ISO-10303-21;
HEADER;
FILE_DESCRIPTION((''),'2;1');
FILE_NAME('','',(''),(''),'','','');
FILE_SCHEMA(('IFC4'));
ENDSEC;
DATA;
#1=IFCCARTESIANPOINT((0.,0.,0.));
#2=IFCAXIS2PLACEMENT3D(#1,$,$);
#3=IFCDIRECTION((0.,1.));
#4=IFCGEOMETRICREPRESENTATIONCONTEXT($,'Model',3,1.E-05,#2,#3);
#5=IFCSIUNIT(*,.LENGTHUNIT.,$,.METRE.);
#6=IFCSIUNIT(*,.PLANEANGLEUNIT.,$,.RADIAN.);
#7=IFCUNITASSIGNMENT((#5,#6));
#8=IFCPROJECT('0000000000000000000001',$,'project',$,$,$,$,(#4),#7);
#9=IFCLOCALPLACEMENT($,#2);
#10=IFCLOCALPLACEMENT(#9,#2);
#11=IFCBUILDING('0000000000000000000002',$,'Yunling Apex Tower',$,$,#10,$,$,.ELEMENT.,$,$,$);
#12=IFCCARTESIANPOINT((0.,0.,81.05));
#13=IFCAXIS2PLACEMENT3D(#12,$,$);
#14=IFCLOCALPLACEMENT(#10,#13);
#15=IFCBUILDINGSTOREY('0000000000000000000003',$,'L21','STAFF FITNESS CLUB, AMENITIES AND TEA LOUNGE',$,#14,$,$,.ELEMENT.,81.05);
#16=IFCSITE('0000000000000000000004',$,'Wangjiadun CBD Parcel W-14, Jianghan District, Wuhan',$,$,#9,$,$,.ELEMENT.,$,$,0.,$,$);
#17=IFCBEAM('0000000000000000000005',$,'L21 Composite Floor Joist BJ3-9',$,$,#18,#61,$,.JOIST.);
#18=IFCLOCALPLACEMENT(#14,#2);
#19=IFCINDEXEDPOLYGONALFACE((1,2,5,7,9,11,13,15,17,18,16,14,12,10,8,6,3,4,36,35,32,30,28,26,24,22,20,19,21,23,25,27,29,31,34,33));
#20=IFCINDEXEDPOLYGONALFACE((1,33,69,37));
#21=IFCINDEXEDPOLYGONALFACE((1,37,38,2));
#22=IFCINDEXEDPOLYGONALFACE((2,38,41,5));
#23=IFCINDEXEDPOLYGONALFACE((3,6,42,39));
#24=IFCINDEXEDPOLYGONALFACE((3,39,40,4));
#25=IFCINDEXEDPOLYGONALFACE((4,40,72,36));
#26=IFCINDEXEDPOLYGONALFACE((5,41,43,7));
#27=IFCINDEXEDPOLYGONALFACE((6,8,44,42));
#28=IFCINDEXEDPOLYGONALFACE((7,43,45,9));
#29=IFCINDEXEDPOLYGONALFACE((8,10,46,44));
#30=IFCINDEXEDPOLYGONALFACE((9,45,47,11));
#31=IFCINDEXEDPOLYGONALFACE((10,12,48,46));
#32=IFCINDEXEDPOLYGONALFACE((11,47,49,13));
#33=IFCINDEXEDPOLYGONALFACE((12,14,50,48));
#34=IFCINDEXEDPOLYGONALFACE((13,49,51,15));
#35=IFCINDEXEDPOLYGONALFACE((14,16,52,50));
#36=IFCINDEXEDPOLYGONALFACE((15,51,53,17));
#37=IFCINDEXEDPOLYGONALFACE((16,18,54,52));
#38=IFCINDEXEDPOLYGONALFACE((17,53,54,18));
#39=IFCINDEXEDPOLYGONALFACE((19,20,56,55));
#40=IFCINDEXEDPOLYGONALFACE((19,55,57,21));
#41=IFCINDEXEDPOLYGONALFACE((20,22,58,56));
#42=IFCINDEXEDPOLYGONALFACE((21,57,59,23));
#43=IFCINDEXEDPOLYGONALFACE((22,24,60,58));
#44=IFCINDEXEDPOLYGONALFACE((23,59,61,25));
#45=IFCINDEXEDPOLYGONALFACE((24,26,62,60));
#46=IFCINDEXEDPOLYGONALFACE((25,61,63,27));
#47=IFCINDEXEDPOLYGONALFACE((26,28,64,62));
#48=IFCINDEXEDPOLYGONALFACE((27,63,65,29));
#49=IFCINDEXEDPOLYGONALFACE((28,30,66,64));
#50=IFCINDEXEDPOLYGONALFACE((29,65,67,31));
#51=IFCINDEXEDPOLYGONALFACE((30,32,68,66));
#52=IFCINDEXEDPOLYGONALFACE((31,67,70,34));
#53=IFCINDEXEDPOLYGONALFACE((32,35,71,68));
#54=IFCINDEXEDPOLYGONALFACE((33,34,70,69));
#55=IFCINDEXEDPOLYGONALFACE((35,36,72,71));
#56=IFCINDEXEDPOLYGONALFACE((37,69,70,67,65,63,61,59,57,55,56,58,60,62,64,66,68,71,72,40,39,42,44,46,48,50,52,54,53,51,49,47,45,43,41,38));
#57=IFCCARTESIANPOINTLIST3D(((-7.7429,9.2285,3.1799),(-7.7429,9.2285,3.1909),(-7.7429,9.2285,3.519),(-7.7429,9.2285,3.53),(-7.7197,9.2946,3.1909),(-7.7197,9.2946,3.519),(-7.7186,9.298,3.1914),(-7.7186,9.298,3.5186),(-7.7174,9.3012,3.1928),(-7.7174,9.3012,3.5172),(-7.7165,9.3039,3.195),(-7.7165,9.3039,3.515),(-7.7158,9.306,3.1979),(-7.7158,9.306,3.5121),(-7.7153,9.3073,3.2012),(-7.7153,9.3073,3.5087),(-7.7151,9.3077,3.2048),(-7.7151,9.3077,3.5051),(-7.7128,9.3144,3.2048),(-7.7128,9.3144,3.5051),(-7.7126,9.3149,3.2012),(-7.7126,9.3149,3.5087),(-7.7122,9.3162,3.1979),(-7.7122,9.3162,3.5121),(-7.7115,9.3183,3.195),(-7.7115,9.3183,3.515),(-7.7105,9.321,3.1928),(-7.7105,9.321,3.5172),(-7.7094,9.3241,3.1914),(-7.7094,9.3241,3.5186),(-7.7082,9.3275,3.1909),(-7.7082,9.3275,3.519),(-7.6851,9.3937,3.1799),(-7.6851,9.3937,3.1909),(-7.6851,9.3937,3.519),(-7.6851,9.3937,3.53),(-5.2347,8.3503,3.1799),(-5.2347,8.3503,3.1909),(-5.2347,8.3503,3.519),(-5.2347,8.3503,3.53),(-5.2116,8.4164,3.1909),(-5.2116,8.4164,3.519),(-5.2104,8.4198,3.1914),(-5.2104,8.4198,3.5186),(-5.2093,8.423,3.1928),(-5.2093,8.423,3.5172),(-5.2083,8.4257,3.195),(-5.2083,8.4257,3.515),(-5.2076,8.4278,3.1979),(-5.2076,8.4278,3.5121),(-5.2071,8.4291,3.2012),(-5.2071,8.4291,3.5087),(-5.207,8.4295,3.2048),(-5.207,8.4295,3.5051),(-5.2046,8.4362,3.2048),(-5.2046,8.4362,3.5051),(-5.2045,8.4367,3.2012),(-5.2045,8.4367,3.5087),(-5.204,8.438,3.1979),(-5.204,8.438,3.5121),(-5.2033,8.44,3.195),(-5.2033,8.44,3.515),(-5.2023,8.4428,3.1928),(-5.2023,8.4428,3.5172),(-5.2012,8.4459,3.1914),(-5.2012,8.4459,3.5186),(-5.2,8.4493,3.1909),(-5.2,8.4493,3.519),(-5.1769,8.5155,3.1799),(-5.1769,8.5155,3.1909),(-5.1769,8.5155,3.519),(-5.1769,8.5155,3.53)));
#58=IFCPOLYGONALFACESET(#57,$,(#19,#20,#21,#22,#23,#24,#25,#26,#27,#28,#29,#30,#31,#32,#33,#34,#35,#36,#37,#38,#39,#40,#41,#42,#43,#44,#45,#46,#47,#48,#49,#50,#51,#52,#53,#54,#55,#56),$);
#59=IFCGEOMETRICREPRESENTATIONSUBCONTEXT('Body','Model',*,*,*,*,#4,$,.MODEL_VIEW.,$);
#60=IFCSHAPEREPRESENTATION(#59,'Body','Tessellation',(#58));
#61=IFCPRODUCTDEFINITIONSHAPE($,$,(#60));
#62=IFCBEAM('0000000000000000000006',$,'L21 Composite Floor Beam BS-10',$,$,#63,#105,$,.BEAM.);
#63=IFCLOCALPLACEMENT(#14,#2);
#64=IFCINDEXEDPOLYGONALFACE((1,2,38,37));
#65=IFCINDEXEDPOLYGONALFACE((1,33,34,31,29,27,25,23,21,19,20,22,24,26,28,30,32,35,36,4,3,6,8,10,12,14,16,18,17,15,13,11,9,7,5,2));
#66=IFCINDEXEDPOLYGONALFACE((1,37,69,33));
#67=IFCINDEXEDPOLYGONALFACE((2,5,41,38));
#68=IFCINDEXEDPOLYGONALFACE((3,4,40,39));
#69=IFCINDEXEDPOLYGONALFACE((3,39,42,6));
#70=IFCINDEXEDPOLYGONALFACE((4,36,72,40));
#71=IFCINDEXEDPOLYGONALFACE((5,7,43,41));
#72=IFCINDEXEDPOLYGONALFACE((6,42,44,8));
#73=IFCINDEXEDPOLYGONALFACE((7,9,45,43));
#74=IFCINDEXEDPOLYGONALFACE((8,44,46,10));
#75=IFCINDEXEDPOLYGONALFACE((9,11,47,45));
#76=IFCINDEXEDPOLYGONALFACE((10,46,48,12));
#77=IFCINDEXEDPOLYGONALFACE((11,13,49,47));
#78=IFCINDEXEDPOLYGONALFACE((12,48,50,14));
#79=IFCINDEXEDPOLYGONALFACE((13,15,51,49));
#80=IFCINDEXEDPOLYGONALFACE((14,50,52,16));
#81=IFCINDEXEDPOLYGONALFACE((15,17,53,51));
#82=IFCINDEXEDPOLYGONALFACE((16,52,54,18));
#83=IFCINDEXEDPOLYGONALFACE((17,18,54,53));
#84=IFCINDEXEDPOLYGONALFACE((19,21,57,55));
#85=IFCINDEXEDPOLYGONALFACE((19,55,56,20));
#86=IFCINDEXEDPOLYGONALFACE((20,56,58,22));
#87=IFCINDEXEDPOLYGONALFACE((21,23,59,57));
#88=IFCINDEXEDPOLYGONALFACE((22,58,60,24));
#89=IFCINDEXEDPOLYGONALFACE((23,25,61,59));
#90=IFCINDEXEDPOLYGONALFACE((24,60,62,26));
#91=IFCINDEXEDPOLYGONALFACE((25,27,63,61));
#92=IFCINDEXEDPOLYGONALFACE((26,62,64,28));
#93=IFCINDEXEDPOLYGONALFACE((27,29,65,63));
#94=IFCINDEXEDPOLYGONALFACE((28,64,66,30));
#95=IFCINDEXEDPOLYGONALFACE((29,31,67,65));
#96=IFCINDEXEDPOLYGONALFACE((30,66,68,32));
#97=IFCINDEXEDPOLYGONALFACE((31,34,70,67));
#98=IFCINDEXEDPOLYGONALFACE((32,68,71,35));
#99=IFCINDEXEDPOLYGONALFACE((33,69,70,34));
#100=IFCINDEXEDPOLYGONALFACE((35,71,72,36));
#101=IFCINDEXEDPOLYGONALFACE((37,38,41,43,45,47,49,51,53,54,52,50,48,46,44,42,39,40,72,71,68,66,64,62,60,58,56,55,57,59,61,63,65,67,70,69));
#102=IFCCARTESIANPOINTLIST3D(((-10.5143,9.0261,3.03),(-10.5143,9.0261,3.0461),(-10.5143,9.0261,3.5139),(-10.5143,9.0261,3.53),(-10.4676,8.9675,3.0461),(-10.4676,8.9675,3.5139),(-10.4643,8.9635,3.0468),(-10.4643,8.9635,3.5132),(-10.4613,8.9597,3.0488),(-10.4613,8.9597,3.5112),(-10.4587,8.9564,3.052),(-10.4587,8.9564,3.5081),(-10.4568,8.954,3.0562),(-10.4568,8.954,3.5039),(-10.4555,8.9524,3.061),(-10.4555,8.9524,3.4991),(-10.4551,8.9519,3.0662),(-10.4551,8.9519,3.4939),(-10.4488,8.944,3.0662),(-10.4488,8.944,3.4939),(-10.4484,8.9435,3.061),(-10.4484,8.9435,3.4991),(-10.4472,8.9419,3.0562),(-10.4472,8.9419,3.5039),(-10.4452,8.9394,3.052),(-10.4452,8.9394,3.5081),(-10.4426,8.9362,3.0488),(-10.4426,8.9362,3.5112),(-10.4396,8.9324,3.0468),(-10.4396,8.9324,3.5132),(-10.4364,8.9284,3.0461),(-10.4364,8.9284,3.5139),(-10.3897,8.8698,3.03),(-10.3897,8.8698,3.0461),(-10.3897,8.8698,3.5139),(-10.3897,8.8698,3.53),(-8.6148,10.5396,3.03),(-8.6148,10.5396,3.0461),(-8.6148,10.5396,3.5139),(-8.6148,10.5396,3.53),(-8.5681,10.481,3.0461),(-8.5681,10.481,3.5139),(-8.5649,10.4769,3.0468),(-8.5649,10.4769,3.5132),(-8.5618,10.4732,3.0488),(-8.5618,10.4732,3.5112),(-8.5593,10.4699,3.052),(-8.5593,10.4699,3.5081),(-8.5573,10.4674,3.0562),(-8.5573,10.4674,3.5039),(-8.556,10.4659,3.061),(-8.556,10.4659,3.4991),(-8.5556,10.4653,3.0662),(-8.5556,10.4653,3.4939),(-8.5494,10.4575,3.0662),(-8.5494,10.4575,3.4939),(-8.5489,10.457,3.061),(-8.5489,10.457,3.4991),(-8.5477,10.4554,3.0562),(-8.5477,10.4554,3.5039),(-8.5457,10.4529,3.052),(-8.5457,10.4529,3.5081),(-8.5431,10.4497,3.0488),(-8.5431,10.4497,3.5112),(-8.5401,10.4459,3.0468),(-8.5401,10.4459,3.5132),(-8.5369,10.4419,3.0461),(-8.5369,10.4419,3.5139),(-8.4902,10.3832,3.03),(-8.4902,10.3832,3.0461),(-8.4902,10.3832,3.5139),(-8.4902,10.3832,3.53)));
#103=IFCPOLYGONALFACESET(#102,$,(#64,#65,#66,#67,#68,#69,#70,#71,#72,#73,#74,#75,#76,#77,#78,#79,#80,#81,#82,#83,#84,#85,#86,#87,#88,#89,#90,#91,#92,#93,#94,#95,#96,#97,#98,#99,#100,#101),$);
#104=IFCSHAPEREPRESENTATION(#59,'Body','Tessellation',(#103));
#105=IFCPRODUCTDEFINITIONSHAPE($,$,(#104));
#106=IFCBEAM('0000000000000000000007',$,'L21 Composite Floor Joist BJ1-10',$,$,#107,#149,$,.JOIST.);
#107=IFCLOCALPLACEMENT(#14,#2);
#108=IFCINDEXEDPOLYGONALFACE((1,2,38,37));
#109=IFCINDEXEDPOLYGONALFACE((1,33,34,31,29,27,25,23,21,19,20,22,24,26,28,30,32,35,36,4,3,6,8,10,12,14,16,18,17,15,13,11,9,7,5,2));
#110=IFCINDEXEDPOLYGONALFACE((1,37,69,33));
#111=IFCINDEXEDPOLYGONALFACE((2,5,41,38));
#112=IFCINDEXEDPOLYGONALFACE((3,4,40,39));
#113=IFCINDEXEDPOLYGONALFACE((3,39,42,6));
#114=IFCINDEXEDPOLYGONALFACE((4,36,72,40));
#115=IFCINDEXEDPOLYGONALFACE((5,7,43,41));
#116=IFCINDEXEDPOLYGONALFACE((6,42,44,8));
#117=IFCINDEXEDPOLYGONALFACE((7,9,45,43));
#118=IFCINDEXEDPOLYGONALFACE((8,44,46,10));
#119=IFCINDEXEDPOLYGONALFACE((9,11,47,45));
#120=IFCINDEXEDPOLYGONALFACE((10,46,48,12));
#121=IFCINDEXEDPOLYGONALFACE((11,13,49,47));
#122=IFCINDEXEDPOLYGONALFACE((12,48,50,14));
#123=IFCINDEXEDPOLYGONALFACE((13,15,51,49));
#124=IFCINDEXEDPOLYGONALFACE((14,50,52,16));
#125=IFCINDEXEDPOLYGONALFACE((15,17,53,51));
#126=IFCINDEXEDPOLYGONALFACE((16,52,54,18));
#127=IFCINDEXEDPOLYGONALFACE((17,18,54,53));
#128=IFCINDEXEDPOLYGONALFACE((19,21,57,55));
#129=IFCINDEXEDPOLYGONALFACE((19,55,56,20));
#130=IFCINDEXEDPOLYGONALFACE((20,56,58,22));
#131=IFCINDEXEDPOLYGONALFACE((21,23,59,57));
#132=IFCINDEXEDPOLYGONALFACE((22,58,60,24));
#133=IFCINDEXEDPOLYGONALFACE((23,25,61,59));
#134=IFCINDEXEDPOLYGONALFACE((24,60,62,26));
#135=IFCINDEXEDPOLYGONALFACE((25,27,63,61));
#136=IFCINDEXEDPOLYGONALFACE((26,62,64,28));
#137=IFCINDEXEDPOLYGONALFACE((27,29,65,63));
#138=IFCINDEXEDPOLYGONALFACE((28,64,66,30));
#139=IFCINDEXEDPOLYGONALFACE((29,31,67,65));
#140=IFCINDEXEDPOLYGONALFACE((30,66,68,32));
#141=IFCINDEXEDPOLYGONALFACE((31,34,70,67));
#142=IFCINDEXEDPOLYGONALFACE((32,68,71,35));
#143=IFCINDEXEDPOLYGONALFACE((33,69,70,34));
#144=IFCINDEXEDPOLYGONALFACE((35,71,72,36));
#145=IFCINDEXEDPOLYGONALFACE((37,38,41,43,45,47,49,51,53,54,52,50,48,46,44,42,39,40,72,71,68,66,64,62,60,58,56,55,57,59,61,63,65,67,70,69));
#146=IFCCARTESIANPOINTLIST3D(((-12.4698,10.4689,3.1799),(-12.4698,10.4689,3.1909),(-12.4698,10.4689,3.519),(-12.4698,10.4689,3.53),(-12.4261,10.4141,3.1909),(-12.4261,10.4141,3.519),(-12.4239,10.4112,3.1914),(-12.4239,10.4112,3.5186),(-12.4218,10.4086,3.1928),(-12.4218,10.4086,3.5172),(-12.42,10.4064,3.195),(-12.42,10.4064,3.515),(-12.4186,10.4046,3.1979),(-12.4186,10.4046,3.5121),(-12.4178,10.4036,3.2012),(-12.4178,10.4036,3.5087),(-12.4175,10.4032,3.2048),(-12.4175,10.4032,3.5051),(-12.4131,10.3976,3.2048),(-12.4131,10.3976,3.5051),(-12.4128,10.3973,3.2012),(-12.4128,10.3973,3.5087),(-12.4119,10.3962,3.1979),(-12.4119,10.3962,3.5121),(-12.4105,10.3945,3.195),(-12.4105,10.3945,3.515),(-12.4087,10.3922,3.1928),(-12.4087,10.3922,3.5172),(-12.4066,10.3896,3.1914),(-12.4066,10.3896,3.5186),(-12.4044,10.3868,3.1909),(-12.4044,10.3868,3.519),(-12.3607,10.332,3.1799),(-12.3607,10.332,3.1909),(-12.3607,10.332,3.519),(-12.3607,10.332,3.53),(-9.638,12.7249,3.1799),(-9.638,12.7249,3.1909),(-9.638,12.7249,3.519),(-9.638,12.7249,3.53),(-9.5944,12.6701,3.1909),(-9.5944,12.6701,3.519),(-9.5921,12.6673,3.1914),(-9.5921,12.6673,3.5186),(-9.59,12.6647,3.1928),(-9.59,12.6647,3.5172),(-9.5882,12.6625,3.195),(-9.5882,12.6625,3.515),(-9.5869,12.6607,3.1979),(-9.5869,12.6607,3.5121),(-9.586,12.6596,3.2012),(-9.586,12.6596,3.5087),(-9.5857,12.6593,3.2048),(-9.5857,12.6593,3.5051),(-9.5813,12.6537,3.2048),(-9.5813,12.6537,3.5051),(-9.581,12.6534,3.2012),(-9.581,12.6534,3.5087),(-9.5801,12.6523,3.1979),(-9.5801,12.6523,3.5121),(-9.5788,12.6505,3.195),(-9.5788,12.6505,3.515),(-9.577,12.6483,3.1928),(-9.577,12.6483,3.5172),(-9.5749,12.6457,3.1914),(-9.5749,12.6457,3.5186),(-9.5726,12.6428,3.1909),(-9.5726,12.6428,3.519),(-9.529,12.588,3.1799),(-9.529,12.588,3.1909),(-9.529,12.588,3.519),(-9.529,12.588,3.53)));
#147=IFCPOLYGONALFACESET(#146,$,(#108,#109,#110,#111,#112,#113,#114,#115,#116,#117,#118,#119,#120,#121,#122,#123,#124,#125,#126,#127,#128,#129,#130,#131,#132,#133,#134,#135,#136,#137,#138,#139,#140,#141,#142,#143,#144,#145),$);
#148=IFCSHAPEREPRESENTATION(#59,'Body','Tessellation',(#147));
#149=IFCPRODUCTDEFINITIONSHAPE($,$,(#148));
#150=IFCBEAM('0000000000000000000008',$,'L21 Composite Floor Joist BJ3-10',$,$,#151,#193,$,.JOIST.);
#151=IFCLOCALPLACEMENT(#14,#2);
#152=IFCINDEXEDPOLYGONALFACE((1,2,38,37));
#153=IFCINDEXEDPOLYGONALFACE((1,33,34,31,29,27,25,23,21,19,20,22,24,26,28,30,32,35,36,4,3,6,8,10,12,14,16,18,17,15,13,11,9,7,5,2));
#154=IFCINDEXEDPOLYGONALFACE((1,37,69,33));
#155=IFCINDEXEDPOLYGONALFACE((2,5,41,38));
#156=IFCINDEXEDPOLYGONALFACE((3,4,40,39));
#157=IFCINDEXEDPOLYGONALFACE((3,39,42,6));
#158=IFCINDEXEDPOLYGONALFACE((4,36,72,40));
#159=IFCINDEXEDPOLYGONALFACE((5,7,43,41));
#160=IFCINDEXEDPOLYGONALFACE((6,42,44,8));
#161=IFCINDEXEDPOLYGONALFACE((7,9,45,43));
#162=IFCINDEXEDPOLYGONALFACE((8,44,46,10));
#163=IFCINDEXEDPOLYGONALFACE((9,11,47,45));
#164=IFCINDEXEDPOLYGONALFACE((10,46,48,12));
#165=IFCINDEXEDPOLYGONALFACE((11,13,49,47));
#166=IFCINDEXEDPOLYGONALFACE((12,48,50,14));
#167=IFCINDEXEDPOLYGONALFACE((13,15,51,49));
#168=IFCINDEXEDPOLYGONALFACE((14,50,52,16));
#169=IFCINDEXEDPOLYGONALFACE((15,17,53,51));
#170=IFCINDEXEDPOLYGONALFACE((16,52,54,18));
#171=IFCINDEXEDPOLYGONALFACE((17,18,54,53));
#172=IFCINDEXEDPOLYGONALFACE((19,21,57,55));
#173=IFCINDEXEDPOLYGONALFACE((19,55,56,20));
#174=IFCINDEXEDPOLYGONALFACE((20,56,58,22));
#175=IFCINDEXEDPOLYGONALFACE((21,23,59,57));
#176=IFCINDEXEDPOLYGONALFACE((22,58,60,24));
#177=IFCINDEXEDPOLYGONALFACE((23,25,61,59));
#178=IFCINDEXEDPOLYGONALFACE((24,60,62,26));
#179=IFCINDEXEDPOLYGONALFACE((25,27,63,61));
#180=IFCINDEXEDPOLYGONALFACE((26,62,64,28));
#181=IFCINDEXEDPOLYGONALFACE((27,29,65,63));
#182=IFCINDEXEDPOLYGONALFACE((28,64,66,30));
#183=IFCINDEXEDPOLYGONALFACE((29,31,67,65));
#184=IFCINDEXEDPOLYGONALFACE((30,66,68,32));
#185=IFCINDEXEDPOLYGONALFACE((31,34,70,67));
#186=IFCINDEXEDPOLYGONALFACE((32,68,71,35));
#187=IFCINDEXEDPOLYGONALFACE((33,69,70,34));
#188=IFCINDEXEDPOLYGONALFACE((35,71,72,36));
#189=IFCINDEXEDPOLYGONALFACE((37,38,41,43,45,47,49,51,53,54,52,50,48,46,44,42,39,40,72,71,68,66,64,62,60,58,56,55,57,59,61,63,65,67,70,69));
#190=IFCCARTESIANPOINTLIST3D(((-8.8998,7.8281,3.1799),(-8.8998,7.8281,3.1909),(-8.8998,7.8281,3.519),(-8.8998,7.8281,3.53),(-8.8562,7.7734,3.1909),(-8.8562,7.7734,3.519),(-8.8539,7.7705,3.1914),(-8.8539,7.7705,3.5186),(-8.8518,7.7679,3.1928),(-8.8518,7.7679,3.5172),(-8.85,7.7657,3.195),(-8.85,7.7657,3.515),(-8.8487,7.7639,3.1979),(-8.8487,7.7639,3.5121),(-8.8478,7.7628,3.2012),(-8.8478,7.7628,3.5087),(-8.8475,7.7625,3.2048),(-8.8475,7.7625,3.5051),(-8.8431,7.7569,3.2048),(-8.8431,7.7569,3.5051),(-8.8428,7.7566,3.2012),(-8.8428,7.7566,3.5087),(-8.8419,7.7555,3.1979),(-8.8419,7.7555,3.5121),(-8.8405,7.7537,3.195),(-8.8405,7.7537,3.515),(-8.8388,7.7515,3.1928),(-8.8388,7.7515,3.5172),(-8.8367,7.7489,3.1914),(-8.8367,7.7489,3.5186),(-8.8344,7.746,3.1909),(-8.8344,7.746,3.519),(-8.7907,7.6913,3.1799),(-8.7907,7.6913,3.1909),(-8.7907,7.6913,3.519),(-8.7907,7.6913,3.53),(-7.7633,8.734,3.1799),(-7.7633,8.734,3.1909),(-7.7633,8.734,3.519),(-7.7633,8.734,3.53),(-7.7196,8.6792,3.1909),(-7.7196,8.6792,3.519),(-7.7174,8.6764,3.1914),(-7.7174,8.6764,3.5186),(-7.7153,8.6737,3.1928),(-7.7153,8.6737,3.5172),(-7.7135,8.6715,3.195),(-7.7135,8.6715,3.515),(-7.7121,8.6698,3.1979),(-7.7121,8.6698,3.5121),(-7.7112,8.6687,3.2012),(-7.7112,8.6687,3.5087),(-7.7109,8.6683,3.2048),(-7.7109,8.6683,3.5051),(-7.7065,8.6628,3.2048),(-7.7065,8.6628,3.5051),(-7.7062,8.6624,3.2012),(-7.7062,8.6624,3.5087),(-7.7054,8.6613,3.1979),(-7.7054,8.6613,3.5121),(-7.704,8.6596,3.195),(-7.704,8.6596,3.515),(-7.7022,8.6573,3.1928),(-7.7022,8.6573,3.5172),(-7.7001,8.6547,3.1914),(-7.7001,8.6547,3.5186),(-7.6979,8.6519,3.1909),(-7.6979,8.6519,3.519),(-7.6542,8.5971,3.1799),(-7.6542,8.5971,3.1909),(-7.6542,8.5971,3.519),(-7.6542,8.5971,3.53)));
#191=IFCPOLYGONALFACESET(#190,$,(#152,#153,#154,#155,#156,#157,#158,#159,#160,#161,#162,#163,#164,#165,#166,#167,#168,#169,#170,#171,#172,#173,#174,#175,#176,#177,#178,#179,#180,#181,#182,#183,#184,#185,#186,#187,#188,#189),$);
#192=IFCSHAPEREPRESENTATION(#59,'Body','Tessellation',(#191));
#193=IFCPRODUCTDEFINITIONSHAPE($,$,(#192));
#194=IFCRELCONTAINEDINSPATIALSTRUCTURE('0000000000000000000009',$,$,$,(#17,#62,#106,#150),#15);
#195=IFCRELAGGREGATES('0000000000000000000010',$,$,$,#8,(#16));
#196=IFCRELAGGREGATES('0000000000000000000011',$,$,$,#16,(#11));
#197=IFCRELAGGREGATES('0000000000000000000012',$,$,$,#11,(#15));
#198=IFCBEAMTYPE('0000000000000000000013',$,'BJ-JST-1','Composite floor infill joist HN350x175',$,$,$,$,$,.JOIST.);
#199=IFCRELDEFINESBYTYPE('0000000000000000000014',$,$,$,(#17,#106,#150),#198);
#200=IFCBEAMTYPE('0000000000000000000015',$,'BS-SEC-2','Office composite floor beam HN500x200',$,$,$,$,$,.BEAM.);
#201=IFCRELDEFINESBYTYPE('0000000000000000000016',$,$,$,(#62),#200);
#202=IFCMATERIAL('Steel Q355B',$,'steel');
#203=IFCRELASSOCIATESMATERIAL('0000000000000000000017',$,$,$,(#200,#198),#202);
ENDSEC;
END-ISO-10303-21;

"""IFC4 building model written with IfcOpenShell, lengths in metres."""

from ifc_helpers import new_model, si_unit, direction, frame, origin, origin_2d, place, context, subcontext, project, spatial, i_section, extrude, source, transform, mapped, material, material_profile, profile_set, type_object, element, save


model = new_model("IFC4")

# Units and contexts
model_context = context("Model", 3, precision=1e-05, world=origin(), true_north=direction((0.0, 1.0)))
body_context = subcontext(model_context, "Body", "Model", "MODEL_VIEW")
ifc_project = project(units=[si_unit("LENGTHUNIT", "METRE"), si_unit("PLANEANGLEUNIT", "RADIAN")], contexts=[model_context])

# Site, building, storey
site_placement = place(None, origin())
site = spatial("IfcSite", under=ifc_project, at=site_placement, Name="Wangjiadun CBD Parcel W-14, Jianghan District, Wuhan", CompositionType="ELEMENT", RefElevation=0.0)
building_placement = place(site_placement, origin())
building = spatial("IfcBuilding", under=site, at=building_placement, Name="Yunling Apex Tower", CompositionType="ELEMENT")
storey_placement = place(building_placement, frame((0.0, 0.0, 81.05)))
storey = spatial("IfcBuildingStorey", under=building, at=storey_placement, Name="L21", Description="STAFF FITNESS CLUB, AMENITIES AND TEA LOUNGE", CompositionType="ELEMENT", Elevation=81.05)

# Beams
ifc_material_1 = material(Name="Steel Q355B", Category="steel")
ifc_material_profile_1 = material_profile(ifc_material_1, i_section(OverallWidth=0.2, OverallDepth=0.5, WebThickness=0.01, FlangeThickness=0.0161, FilletRadius=0.02, at=origin_2d()))
ifc_profile_set_1 = profile_set([ifc_material_profile_1], Name="Steel Q355B")
beam_type_1 = type_object("IfcBeamType", Name="BS-SEC-2", Description="Office composite floor beam HN500x200", PredefinedType="BEAM", material=ifc_profile_set_1)
ifc_material_profile_2 = material_profile(ifc_material_1, i_section(OverallWidth=0.175, OverallDepth=0.3501, WebThickness=0.0071, FlangeThickness=0.011, FilletRadius=0.0139, at=origin_2d()))
ifc_profile_set_2 = profile_set([ifc_material_profile_2], Name="Steel Q355B")
beam_type_2 = type_object("IfcBeamType", Name="BJ-JST-1", Description="Composite floor infill joist HN350x175", PredefinedType="JOIST", material=ifc_profile_set_2)
shared_shape_1 = source(origin(), body_context, "Body", "SweptSolid", [
    extrude(i_section(OverallWidth=0.175, OverallDepth=0.3501, WebThickness=0.0071, FlangeThickness=0.011, FilletRadius=0.0139, at=origin_2d()), origin(), (0.0, 0.0, 1.0), 2.6575),
])
beam_1_placement = place(storey_placement, frame((-5.2058, 8.4329, 3.355), z_axis=(-0.943817, 0.330469, 0.0), x_axis=(-0.330469, -0.943817, 0.0)))
element("IfcBeam", 1, at=beam_1_placement, inside=storey, type_object=beam_type_2, Name="L21 Composite Floor Joist BJ3-9", PredefinedType="JOIST", context=body_context, shape_type="MappedRepresentation", body=[
    mapped(shared_shape_1, transform((0.0, 0.0, 0.0), scale=1.0)),
])
shared_shape_2 = source(origin(), body_context, "Body", "SweptSolid", [
    extrude(i_section(OverallWidth=0.2, OverallDepth=0.5, WebThickness=0.01, FlangeThickness=0.0161, FilletRadius=0.02, at=origin_2d()), origin(), (0.0, 0.0, 1.0), 2.4287),
])
beam_2_placement = place(storey_placement, frame((-8.5525, 10.4614, 3.28), z_axis=(-0.782093, -0.623161, 0.0), x_axis=(0.623161, -0.782093, 0.0)))
element("IfcBeam", 2, at=beam_2_placement, inside=storey, type_object=beam_type_1, Name="L21 Composite Floor Beam BS-10", PredefinedType="BEAM", context=body_context, shape_type="MappedRepresentation", body=[
    mapped(shared_shape_2, transform((0.0, 0.0, 0.0), scale=1.0)),
])
shared_shape_3 = source(origin(), body_context, "Body", "SweptSolid", [
    extrude(i_section(OverallWidth=0.175, OverallDepth=0.3501, WebThickness=0.0071, FlangeThickness=0.011, FilletRadius=0.0139, at=origin_2d()), origin(), (0.0, 0.0, 1.0), 3.6206),
])
beam_3_placement = place(storey_placement, frame((-9.5835, 12.6565, 3.355), z_axis=(-0.782124, -0.623123, 0.0), x_axis=(0.623123, -0.782124, 0.0)))
element("IfcBeam", 3, at=beam_3_placement, inside=storey, type_object=beam_type_2, Name="L21 Composite Floor Joist BJ1-10", PredefinedType="JOIST", context=body_context, shape_type="MappedRepresentation", body=[
    mapped(shared_shape_3, transform((0.0, 0.0, 0.0), scale=1.0)),
])
shared_shape_4 = source(origin(), body_context, "Body", "SweptSolid", [
    extrude(i_section(OverallWidth=0.175, OverallDepth=0.3501, WebThickness=0.0071, FlangeThickness=0.011, FilletRadius=0.0139, at=origin_2d()), origin(), (0.0, 0.0, 1.0), 1.4534),
])
beam_4_placement = place(storey_placement, frame((-7.7087, 8.6655, 3.355), z_axis=(-0.782015, -0.62326, 0.0), x_axis=(0.62326, -0.782015, 0.0)))
element("IfcBeam", 4, at=beam_4_placement, inside=storey, type_object=beam_type_2, Name="L21 Composite Floor Joist BJ3-10", PredefinedType="JOIST", context=body_context, shape_type="MappedRepresentation", body=[
    mapped(shared_shape_4, transform((0.0, 0.0, 0.0), scale=1.0)),
])

save(model, "model.ifc")
